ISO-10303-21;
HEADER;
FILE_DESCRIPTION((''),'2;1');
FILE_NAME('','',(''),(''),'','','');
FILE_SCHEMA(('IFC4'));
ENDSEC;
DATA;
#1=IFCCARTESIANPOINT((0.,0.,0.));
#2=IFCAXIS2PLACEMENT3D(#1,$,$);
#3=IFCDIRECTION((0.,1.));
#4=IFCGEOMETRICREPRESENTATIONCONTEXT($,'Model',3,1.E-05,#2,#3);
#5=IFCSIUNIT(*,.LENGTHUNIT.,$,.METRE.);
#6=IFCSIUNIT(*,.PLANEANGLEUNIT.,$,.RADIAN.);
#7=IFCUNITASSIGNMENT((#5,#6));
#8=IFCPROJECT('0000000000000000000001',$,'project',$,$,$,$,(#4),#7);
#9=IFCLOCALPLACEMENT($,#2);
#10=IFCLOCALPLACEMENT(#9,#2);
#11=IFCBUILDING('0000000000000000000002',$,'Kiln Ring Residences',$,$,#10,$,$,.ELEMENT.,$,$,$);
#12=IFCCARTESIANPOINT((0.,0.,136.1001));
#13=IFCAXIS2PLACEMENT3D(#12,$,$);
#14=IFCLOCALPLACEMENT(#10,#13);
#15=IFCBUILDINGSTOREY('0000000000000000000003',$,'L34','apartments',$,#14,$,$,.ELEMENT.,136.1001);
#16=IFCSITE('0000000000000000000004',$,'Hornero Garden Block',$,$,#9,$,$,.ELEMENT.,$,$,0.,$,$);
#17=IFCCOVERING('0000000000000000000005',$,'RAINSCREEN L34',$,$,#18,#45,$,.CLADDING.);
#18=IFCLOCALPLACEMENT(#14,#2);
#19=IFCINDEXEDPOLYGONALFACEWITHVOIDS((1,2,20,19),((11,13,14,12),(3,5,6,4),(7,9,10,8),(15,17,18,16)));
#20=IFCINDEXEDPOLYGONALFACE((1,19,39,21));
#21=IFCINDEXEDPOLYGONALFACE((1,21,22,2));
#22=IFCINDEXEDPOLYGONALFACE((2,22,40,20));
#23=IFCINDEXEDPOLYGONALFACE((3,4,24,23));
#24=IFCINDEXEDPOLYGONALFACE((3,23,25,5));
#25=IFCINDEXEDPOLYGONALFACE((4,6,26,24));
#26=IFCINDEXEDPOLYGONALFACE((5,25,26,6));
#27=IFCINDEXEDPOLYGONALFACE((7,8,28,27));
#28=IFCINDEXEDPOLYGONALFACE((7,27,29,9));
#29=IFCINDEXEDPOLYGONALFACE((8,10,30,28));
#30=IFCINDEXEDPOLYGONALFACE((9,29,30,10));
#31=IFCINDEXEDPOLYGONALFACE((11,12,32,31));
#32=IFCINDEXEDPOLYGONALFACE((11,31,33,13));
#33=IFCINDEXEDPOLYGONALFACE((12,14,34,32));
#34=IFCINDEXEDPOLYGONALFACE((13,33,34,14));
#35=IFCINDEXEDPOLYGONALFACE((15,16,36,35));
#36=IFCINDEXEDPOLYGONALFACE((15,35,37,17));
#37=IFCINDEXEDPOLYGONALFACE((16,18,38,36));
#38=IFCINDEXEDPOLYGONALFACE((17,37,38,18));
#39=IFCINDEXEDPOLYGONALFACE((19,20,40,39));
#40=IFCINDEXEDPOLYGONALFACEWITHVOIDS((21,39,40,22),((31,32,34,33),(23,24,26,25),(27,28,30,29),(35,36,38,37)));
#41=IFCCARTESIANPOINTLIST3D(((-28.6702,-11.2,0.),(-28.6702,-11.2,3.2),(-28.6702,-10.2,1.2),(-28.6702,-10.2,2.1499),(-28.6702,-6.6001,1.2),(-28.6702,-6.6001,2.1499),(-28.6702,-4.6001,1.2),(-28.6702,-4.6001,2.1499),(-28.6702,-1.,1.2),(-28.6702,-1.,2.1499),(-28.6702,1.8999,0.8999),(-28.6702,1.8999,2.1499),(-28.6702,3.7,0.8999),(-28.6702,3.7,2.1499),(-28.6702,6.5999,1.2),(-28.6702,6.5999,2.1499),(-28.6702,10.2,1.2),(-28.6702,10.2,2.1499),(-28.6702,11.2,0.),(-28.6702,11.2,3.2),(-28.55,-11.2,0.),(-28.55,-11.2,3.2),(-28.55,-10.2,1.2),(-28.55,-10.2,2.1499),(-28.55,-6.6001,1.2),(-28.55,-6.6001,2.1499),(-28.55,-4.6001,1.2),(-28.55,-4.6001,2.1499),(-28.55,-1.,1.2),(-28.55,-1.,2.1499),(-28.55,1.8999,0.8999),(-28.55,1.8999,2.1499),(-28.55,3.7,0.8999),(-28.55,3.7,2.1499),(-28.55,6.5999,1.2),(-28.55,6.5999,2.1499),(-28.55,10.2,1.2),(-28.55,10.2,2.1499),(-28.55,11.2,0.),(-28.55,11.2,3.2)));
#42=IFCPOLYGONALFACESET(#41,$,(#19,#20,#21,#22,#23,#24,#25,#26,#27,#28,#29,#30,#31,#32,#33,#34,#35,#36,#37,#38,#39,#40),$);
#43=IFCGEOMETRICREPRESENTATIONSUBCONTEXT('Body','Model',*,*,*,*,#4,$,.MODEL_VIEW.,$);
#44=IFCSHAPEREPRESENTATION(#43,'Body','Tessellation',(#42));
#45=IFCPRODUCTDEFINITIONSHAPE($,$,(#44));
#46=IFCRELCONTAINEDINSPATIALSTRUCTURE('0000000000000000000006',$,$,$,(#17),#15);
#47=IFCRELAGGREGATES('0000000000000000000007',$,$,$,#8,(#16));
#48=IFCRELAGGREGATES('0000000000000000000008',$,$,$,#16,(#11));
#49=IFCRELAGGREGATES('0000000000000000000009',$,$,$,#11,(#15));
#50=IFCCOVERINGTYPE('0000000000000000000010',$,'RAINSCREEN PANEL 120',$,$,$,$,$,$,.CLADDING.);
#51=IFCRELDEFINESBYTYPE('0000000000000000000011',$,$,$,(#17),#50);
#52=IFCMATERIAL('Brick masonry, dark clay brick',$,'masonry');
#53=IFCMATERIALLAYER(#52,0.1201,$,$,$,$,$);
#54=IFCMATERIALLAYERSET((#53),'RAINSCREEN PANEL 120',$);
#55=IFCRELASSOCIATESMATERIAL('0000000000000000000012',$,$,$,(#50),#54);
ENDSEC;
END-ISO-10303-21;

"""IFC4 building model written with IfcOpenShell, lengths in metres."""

from ifc_helpers import new_model, si_unit, direction, frame, origin, place, context, subcontext, project, spatial, polyline, outline, extrude, material, layer, layer_set, type_object, element, save


model = new_model("IFC4")

# Units and contexts
model_context = context("Model", 3, precision=1e-05, world=origin(), true_north=direction((0.0, 1.0)))
body_context = subcontext(model_context, "Body", "Model", "MODEL_VIEW")
ifc_project = project(units=[si_unit("LENGTHUNIT", "METRE"), si_unit("PLANEANGLEUNIT", "RADIAN")], contexts=[model_context])

# Site, building, storey
site_placement = place(None, origin())
site = spatial("IfcSite", under=ifc_project, at=site_placement, Name="Hornero Garden Block", CompositionType="ELEMENT", RefElevation=0.0)
building_placement = place(site_placement, origin())
building = spatial("IfcBuilding", under=site, at=building_placement, Name="Kiln Ring Residences", CompositionType="ELEMENT")
storey_placement = place(building_placement, frame((0.0, 0.0, 136.1001)))
storey = spatial("IfcBuildingStorey", under=building, at=storey_placement, Name="L34", Description="apartments", CompositionType="ELEMENT", Elevation=136.1001)

# Covering
ifc_material_1 = material(Name="Brick masonry, dark clay brick", Category="masonry")
ifc_layer_1 = layer(ifc_material_1, 0.1201)
ifc_layer_set_1 = layer_set([ifc_layer_1], Name="RAINSCREEN PANEL 120")
covering_type = type_object("IfcCoveringType", Name="RAINSCREEN PANEL 120", PredefinedType="CLADDING", material=ifc_layer_set_1)
covering_placement = place(storey_placement, frame((-28.6101, 11.2, 0.0), z_axis=(0.0, 0.0, 1.0), x_axis=(0.0, -1.0, 0.0)))
element("IfcCovering", 1, at=covering_placement, inside=storey, type_object=covering_type, Name="RAINSCREEN L34", PredefinedType="CLADDING", context=body_context, shape_type="SweptSolid", body=[
    extrude(outline(polyline([(0.0, 0.0), (22.3999, 0.0), (22.3999, 3.2), (0.0, 3.2), (0.0, 0.0)]), holes=[polyline([(9.3, 0.8999), (9.3, 2.1499), (7.5, 2.1499), (7.5, 0.8999), (9.3, 0.8999)]), polyline([(4.6001, 1.2), (4.6001, 2.1499), (1.0, 2.1499), (1.0, 1.2), (4.6001, 1.2)]), polyline([(15.8, 1.2), (15.8, 2.1499), (12.2, 2.1499), (12.2, 1.2), (15.8, 1.2)]), polyline([(21.3999, 1.2), (21.3999, 2.1499), (17.8, 2.1499), (17.8, 1.2), (21.3999, 1.2)])]), frame((0.0, 0.0601, 0.0), z_axis=(0.0, -1.0, 0.0), x_axis=(1.0, 0.0, 0.0)), (0.0, 0.0, 1.0), 0.1201),
])

save(model, "model.ifc")
